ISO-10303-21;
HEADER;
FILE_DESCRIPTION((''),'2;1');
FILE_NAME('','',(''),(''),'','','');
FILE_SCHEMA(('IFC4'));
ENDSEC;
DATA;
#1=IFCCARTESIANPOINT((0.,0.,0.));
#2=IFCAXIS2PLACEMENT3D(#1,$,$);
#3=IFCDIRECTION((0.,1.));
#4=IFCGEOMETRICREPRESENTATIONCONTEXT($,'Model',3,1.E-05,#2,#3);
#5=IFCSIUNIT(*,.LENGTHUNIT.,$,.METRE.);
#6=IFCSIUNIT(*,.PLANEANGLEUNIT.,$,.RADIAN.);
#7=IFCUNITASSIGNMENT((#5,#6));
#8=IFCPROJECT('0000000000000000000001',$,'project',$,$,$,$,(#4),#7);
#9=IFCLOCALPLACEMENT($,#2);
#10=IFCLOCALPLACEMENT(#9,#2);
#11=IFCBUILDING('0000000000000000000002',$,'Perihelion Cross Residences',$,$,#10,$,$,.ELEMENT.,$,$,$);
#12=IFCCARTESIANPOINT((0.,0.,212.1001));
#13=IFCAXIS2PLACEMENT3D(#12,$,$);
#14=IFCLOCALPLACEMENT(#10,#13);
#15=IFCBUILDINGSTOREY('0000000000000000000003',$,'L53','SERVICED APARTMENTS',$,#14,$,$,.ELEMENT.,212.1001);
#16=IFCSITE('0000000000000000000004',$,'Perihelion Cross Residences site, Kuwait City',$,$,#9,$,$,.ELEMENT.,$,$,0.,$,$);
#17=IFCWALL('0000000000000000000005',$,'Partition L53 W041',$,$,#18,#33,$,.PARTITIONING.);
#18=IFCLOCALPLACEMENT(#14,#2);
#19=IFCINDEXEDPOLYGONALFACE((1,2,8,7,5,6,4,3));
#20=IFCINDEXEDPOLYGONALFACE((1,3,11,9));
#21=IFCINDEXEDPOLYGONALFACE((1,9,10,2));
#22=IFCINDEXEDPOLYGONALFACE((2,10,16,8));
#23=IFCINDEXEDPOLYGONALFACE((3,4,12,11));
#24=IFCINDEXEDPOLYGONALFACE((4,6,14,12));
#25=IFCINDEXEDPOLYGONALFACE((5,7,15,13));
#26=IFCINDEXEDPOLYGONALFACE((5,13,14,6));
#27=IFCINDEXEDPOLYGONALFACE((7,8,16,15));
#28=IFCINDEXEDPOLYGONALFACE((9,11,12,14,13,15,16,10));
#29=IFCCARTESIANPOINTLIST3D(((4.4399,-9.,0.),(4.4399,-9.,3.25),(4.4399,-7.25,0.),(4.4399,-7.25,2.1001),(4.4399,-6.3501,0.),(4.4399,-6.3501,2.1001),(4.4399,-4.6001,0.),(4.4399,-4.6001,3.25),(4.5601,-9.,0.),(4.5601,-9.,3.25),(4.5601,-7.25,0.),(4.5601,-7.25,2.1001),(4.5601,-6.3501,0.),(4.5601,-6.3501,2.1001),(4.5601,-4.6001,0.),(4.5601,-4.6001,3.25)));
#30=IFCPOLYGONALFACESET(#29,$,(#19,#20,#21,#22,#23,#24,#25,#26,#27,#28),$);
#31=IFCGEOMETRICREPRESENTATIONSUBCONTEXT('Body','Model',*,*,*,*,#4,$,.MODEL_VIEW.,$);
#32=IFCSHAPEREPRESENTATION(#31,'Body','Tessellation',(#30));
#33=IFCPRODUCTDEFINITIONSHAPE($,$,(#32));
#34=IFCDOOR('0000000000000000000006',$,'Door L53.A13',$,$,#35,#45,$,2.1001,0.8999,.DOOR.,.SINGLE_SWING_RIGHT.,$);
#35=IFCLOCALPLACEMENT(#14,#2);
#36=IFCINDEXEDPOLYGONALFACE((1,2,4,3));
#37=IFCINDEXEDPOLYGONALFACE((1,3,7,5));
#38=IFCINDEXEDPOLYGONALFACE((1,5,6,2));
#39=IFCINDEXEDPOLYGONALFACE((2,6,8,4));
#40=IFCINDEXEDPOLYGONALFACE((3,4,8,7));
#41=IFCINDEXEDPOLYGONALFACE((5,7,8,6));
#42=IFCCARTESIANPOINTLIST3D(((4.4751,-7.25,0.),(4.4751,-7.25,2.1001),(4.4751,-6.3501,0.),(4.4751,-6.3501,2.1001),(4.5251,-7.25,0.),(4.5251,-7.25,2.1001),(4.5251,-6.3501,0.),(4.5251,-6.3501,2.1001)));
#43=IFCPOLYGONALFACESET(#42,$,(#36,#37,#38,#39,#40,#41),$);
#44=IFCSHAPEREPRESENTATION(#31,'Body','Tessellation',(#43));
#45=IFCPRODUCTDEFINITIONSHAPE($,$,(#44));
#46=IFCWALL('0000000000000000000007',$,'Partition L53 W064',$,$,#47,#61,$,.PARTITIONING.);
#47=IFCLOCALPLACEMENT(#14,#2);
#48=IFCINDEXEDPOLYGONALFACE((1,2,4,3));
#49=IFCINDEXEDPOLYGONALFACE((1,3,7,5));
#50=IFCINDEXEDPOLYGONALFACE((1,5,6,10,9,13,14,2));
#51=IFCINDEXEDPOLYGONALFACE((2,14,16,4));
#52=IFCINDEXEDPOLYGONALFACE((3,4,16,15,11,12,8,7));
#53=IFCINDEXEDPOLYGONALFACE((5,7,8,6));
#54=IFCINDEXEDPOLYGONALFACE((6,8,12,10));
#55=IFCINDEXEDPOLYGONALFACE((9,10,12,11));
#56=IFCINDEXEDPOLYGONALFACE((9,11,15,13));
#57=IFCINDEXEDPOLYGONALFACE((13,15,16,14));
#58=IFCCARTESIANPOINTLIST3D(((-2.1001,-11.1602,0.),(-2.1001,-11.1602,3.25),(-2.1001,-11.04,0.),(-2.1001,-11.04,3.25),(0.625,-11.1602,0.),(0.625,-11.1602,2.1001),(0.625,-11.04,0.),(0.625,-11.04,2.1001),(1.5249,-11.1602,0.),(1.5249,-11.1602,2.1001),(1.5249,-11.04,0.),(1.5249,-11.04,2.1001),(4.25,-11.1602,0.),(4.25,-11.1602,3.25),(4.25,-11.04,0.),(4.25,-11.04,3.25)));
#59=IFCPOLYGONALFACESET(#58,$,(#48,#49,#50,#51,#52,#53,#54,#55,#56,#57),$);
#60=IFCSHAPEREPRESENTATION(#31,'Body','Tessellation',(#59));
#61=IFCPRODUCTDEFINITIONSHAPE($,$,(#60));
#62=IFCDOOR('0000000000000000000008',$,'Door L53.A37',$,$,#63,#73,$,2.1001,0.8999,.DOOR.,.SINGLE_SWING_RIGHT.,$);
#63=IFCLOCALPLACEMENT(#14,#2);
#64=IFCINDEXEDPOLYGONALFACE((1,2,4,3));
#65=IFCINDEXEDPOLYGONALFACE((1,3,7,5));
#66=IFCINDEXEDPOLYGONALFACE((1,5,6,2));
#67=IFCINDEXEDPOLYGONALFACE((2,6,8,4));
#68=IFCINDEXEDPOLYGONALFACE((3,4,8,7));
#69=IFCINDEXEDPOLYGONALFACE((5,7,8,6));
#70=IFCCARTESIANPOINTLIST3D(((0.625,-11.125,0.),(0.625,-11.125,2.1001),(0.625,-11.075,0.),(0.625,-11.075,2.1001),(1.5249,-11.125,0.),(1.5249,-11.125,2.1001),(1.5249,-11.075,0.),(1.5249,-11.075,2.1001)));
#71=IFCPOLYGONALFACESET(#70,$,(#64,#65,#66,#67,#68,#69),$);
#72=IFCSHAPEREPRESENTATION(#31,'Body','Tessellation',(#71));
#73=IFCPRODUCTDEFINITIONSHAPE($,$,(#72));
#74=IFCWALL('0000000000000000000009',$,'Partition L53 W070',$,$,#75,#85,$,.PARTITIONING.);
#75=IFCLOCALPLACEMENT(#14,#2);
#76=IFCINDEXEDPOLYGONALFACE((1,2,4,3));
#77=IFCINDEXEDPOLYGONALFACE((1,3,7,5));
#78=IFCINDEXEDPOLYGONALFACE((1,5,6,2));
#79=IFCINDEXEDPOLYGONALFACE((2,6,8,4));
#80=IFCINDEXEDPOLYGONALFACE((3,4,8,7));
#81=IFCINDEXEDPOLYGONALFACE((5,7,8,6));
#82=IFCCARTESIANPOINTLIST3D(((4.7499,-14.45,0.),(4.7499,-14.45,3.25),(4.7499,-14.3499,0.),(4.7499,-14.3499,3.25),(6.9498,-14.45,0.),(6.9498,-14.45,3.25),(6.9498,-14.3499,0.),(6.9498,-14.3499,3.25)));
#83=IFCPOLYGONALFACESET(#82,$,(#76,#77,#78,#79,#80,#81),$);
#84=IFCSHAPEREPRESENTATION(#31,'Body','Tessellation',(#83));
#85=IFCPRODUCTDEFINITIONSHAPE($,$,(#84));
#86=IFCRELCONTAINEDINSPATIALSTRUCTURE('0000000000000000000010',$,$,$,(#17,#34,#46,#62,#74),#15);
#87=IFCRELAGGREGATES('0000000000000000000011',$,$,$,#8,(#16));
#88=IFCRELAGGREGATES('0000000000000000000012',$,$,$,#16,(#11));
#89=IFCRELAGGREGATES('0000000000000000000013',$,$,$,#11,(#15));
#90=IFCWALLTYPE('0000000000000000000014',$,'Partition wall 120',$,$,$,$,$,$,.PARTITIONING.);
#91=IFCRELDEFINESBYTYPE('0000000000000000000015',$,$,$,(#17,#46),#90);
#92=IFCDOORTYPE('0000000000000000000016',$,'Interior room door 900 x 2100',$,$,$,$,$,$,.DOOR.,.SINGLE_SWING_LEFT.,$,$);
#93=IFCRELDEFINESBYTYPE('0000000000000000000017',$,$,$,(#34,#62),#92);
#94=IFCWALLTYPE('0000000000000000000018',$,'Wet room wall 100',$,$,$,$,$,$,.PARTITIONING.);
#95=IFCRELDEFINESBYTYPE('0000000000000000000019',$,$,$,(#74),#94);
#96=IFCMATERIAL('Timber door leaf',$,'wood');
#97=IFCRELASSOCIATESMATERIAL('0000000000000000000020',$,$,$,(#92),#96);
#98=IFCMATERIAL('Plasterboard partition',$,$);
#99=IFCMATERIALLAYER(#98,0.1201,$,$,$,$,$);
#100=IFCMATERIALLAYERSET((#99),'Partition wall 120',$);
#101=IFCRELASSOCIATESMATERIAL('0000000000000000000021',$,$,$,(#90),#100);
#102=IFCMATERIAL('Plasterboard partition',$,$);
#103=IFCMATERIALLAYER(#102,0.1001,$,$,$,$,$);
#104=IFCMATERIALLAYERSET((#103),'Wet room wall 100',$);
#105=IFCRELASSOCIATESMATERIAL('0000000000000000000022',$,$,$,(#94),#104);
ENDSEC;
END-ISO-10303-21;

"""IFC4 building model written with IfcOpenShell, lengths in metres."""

from ifc_helpers import new_model, si_unit, direction, frame, frame_2d, origin, place, context, subcontext, project, spatial, rectangle, extrude, material, layer, layer_set, type_object, element, fill, save


model = new_model("IFC4")

# Units and contexts
model_context = context("Model", 3, precision=1e-05, world=origin(), true_north=direction((0.0, 1.0)))
body_context = subcontext(model_context, "Body", "Model", "MODEL_VIEW")
ifc_project = project(units=[si_unit("LENGTHUNIT", "METRE"), si_unit("PLANEANGLEUNIT", "RADIAN")], contexts=[model_context])

# Site, building, storey
site_placement = place(None, origin())
site = spatial("IfcSite", under=ifc_project, at=site_placement, Name="Perihelion Cross Residences site, Kuwait City", CompositionType="ELEMENT", RefElevation=0.0)
building_placement = place(site_placement, origin())
building = spatial("IfcBuilding", under=site, at=building_placement, Name="Perihelion Cross Residences", CompositionType="ELEMENT")
storey_placement = place(building_placement, frame((0.0, 0.0, 212.1001)))
storey = spatial("IfcBuildingStorey", under=building, at=storey_placement, Name="L53", Description="SERVICED APARTMENTS", CompositionType="ELEMENT", Elevation=212.1001)

# Shared definitions
ifc_material_1 = material(Name="Timber door leaf", Category="wood")
door_type_1 = type_object("IfcDoorType", Name="Interior room door 900 x 2100", OperationType="SINGLE_SWING_LEFT", PredefinedType="DOOR", material=ifc_material_1)

# Shared definitions
ifc_material_2 = material(Name="Plasterboard partition")
ifc_layer_1 = layer(ifc_material_2, 0.1201)
ifc_layer_set_1 = layer_set([ifc_layer_1], Name="Partition wall 120")
wall_type_1 = type_object("IfcWallType", Name="Partition wall 120", PredefinedType="PARTITIONING", material=ifc_layer_set_1)

# Walls, openings, doors
wall_1_placement = place(storey_placement, frame((4.5, -9.0, 0.0), z_axis=(0.0, 0.0, 1.0), x_axis=(0.0, 1.0, 0.0)))
wall_1 = element("IfcWall", 1, at=wall_1_placement, inside=storey, type_object=wall_type_1, Name="Partition L53 W041", PredefinedType="PARTITIONING", context=body_context, shape_type="SweptSolid", body=[
    extrude(rectangle(XDim=4.3999, YDim=0.1201, at=frame_2d((2.2, 0.0))), origin(), (0.0, 0.0, 1.0), 3.25),
])
opening_1_placement = place(wall_1_placement, frame((1.75, 0.0, 0.0)))
opening_1 = element("IfcOpeningElement", 2, at=opening_1_placement, cuts=wall_1, PredefinedType="OPENING", context=body_context, shape_type="SweptSolid", body=[
    extrude(rectangle(XDim=0.8999, YDim=2.1001, at=frame_2d((0.45, 1.05))), frame((0.0, 0.0701, 0.0), z_axis=(0.0, -1.0, 0.0), x_axis=(1.0, 0.0, 0.0)), (0.0, 0.0, 1.0), 0.1401),
])
door_1_placement = place(opening_1_placement, origin())
door_1 = element("IfcDoor", 3, at=door_1_placement, inside=storey, type_object=door_type_1, Name="Door L53.A13", OperationType="SINGLE_SWING_RIGHT", OverallHeight=2.1001, OverallWidth=0.8999, PredefinedType="DOOR", context=body_context, shape_type="SweptSolid", body=[
    extrude(rectangle(XDim=0.8999, YDim=2.1001, at=frame_2d((0.45, 1.05))), frame((0.0, 0.0249, 0.0), z_axis=(0.0, -1.0, 0.0), x_axis=(1.0, 0.0, 0.0)), (0.0, 0.0, 1.0), 0.05),
])
fill(opening_1, door_1)
wall_2_placement = place(storey_placement, frame((4.25, -11.1001, 0.0), z_axis=(0.0, 0.0, 1.0), x_axis=(-1.0, 0.0, 0.0)))
wall_2 = element("IfcWall", 4, at=wall_2_placement, inside=storey, type_object=wall_type_1, Name="Partition L53 W064", PredefinedType="PARTITIONING", context=body_context, shape_type="SweptSolid", body=[
    extrude(rectangle(XDim=6.3501, YDim=0.1201, at=frame_2d((3.175, 0.0))), origin(), (0.0, 0.0, 1.0), 3.25),
])
opening_2_placement = place(wall_2_placement, frame((2.7251, 0.0, 0.0)))
opening_2 = element("IfcOpeningElement", 5, at=opening_2_placement, cuts=wall_2, PredefinedType="OPENING", context=body_context, shape_type="SweptSolid", body=[
    extrude(rectangle(XDim=0.8999, YDim=2.1001, at=frame_2d((0.45, 1.05))), frame((0.0, 0.0701, 0.0), z_axis=(0.0, -1.0, 0.0), x_axis=(1.0, 0.0, 0.0)), (0.0, 0.0, 1.0), 0.1401),
])
door_2_placement = place(opening_2_placement, origin())
door_2 = element("IfcDoor", 6, at=door_2_placement, inside=storey, type_object=door_type_1, Name="Door L53.A37", OperationType="SINGLE_SWING_RIGHT", OverallHeight=2.1001, OverallWidth=0.8999, PredefinedType="DOOR", context=body_context, shape_type="SweptSolid", body=[
    extrude(rectangle(XDim=0.8999, YDim=2.1001, at=frame_2d((0.45, 1.05))), frame((0.0, 0.0249, 0.0), z_axis=(0.0, -1.0, 0.0), x_axis=(1.0, 0.0, 0.0)), (0.0, 0.0, 1.0), 0.05),
])
fill(opening_2, door_2)

# Wall
ifc_material_3 = material(Name="Plasterboard partition")
ifc_layer_2 = layer(ifc_material_3, 0.1001)
ifc_layer_set_2 = layer_set([ifc_layer_2], Name="Wet room wall 100")
wall_type_2 = type_object("IfcWallType", Name="Wet room wall 100", PredefinedType="PARTITIONING", material=ifc_layer_set_2)
wall_3_placement = place(storey_placement, frame((6.95, -14.3999, 0.0), z_axis=(0.0, 0.0, 1.0), x_axis=(-1.0, 0.0, 0.0)))
element("IfcWall", 7, at=wall_3_placement, inside=storey, type_object=wall_type_2, Name="Partition L53 W070", PredefinedType="PARTITIONING", context=body_context, shape_type="SweptSolid", body=[
    extrude(rectangle(XDim=2.2, YDim=0.1001, at=frame_2d((1.1001, 0.0))), origin(), (0.0, 0.0, 1.0), 3.25),
])

save(model, "model.ifc")
